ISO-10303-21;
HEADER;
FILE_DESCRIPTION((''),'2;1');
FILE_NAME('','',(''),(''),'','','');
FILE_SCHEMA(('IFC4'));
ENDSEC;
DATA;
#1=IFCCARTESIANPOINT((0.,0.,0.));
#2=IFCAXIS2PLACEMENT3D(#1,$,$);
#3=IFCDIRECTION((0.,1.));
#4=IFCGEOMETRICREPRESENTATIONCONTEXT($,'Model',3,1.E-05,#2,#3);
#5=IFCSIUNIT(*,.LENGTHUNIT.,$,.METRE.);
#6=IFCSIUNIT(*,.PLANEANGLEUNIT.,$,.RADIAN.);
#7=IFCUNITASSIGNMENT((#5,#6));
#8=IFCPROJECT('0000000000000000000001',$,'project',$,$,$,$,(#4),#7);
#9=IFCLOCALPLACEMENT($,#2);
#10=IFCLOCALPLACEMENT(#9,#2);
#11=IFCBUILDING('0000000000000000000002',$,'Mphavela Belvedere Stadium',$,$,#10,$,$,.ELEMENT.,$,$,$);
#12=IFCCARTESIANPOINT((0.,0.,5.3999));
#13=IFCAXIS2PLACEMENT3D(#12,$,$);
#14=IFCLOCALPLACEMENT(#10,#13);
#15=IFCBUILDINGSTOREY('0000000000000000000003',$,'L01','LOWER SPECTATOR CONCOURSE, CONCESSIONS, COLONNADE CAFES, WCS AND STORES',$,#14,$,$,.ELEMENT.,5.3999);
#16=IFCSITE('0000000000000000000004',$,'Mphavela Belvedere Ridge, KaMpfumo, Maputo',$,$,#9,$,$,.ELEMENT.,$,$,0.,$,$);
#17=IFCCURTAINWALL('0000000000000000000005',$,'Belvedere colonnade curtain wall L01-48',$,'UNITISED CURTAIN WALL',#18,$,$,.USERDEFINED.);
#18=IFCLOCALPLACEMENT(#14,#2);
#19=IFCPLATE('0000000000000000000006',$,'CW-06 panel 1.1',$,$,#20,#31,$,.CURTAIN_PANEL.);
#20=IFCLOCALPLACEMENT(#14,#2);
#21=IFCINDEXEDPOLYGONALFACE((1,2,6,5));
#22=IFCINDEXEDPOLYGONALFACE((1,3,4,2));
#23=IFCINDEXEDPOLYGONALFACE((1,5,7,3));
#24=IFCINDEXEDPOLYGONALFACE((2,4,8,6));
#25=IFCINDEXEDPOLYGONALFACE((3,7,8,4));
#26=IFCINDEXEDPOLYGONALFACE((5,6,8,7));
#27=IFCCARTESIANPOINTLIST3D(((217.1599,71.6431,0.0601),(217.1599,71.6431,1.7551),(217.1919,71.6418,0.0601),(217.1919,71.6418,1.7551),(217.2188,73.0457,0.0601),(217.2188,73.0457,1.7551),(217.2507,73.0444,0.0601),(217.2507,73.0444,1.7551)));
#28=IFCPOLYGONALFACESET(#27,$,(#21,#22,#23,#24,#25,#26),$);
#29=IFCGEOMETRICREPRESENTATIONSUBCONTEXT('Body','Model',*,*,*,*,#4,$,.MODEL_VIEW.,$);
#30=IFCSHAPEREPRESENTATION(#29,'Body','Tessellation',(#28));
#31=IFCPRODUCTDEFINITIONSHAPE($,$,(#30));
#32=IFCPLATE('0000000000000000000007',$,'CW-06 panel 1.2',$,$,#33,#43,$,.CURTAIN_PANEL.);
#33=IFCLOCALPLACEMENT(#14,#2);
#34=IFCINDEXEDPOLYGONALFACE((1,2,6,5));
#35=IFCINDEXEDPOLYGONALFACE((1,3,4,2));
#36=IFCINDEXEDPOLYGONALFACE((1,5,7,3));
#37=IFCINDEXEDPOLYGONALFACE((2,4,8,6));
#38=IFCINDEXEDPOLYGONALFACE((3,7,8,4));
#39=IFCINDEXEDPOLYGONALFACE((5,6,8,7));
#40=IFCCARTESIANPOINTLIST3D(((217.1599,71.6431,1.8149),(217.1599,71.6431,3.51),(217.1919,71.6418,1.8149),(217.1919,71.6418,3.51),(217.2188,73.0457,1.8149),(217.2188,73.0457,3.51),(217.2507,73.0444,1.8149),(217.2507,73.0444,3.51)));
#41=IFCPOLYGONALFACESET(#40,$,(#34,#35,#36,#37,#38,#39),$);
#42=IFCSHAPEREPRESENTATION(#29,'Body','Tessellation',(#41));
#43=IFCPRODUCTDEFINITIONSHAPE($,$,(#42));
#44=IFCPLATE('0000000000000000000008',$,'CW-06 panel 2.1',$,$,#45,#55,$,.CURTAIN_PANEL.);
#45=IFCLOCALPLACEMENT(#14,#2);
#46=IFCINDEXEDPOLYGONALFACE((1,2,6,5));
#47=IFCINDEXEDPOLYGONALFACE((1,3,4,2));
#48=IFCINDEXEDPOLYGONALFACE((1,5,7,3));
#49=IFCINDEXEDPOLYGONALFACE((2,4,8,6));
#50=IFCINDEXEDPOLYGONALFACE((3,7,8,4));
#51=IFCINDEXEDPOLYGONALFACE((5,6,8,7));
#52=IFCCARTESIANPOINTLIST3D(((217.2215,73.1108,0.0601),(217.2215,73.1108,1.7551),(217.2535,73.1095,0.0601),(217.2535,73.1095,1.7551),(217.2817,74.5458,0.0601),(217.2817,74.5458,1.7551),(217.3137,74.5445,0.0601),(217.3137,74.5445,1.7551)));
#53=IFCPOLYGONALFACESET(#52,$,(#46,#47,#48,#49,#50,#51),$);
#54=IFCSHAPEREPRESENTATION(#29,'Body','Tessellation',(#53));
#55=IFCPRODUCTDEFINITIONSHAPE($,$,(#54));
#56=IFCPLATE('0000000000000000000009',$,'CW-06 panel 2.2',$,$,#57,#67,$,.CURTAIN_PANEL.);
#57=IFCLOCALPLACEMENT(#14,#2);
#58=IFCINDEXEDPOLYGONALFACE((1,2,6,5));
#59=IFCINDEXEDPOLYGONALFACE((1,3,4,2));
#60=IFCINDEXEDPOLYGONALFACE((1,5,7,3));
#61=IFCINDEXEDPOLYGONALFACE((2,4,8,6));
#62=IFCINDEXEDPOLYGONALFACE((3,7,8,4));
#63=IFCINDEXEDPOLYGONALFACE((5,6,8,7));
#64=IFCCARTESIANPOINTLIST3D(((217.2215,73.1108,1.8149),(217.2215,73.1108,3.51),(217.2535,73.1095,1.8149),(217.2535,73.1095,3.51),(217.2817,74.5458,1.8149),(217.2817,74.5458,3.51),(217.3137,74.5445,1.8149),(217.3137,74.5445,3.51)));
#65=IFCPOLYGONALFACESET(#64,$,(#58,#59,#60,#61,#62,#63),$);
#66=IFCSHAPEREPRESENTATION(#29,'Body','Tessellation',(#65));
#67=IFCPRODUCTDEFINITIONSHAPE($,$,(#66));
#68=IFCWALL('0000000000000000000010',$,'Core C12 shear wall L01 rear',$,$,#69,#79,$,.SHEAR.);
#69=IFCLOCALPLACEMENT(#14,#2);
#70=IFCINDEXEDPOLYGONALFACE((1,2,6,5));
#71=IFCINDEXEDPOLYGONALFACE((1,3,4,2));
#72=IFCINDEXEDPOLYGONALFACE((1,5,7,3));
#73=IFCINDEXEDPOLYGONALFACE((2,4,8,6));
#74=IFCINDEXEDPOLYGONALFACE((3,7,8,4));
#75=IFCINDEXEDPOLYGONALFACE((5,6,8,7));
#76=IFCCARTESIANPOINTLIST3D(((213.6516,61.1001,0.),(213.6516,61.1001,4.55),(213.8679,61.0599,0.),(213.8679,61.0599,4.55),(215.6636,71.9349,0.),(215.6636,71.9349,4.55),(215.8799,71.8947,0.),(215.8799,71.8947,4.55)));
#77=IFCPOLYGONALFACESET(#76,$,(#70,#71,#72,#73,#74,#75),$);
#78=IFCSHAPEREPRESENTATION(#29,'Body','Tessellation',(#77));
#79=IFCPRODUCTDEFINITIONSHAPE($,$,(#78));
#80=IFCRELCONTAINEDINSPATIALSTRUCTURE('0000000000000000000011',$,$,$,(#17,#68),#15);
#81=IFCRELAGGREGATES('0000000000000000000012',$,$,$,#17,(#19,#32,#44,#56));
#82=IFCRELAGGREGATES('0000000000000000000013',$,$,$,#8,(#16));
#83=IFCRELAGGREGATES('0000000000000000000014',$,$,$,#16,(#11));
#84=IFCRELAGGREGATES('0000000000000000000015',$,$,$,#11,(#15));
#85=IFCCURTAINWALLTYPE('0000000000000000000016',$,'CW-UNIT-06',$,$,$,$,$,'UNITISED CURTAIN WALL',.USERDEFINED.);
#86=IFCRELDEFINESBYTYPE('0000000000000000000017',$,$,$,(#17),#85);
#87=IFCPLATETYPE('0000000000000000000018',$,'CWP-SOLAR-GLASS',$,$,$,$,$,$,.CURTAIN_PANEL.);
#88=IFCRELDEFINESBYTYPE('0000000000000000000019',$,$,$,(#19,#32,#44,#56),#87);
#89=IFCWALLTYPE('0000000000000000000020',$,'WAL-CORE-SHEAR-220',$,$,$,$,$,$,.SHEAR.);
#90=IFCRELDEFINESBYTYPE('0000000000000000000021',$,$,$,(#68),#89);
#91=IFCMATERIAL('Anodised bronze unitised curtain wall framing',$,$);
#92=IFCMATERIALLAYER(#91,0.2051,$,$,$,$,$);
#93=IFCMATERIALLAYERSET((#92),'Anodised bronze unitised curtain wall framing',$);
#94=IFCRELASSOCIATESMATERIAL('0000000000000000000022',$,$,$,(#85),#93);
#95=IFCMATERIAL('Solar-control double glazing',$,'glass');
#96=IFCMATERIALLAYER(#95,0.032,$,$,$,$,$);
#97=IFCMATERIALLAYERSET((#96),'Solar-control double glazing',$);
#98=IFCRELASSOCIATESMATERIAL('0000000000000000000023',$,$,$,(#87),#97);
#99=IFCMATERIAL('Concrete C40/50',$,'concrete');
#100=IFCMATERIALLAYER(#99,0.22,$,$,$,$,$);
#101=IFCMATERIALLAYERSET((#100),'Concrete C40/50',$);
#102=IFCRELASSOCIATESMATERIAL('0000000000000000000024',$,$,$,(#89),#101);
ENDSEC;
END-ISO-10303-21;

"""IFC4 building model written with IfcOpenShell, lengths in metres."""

from ifc_helpers import new_model, si_unit, direction, frame, frame_2d, origin, origin_2d, place, context, subcontext, project, spatial, rectangle, extrude, material, layer, layer_set, type_object, element, aggregate, save


model = new_model("IFC4")

# Units and contexts
model_context = context("Model", 3, precision=1e-05, world=origin(), true_north=direction((0.0, 1.0)))
body_context = subcontext(model_context, "Body", "Model", "MODEL_VIEW")
ifc_project = project(units=[si_unit("LENGTHUNIT", "METRE"), si_unit("PLANEANGLEUNIT", "RADIAN")], contexts=[model_context])

# Site, building, storey
site_placement = place(None, origin())
site = spatial("IfcSite", under=ifc_project, at=site_placement, Name="Mphavela Belvedere Ridge, KaMpfumo, Maputo", CompositionType="ELEMENT", RefElevation=0.0)
building_placement = place(site_placement, origin())
building = spatial("IfcBuilding", under=site, at=building_placement, Name="Mphavela Belvedere Stadium", CompositionType="ELEMENT")
storey_placement = place(building_placement, frame((0.0, 0.0, 5.3999)))
storey = spatial("IfcBuildingStorey", under=building, at=storey_placement, Name="L01", Description="LOWER SPECTATOR CONCOURSE, CONCESSIONS, COLONNADE CAFES, WCS AND STORES", CompositionType="ELEMENT", Elevation=5.3999)

# Curtain wall
ifc_material_1 = material(Name="Anodised bronze unitised curtain wall framing")
ifc_layer_1 = layer(ifc_material_1, 0.2051)
ifc_layer_set_1 = layer_set([ifc_layer_1], Name="Anodised bronze unitised curtain wall framing")
curtain_wall_type_1 = type_object("IfcCurtainWallType", Name="CW-UNIT-06", ElementType="UNITISED CURTAIN WALL", PredefinedType="USERDEFINED", material=ifc_layer_set_1)
curtain_wall_1_placement = place(storey_placement, origin())
curtain_wall_1 = element("IfcCurtainWall", 1, at=curtain_wall_1_placement, inside=storey, type_object=curtain_wall_type_1, Name="Belvedere colonnade curtain wall L01-48", ObjectType="UNITISED CURTAIN WALL", PredefinedType="USERDEFINED")

# Plates
ifc_material_2 = material(Name="Solar-control double glazing", Category="glass")
ifc_layer_2 = layer(ifc_material_2, 0.032)
ifc_layer_set_2 = layer_set([ifc_layer_2], Name="Solar-control double glazing")
plate_type = type_object("IfcPlateType", Name="CWP-SOLAR-GLASS", PredefinedType="CURTAIN_PANEL", material=ifc_layer_set_2)
plate_1_placement = place(storey_placement, frame((217.2053, 72.3438, 0.0601), z_axis=(0.0, 0.0, 1.0), x_axis=(0.04191, 0.999121, 0.0)))
plate_1 = element("IfcPlate", 2, at=plate_1_placement, type_object=plate_type, Name="CW-06 panel 1.1", PredefinedType="CURTAIN_PANEL", context=body_context, shape_type="SweptSolid", body=[
    extrude(rectangle(XDim=1.4038, YDim=0.032, at=origin_2d()), origin(), (0.0, 0.0, 1.0), 1.6951),
])
plate_2_placement = place(storey_placement, frame((217.2053, 72.3438, 1.8149), z_axis=(0.0, 0.0, 1.0), x_axis=(0.04191, 0.999121, 0.0)))
plate_2 = element("IfcPlate", 3, at=plate_2_placement, type_object=plate_type, Name="CW-06 panel 1.2", PredefinedType="CURTAIN_PANEL", context=body_context, shape_type="SweptSolid", body=[
    extrude(rectangle(XDim=1.4038, YDim=0.032, at=origin_2d()), origin(), (0.0, 0.0, 1.0), 1.6951),
])
plate_3_placement = place(storey_placement, frame((217.2676, 73.8276, 0.0601), z_axis=(0.0, 0.0, 1.0), x_axis=(0.04191, 0.999121, 0.0)))
plate_3 = element("IfcPlate", 4, at=plate_3_placement, type_object=plate_type, Name="CW-06 panel 2.1", PredefinedType="CURTAIN_PANEL", context=body_context, shape_type="SweptSolid", body=[
    extrude(rectangle(XDim=1.4363, YDim=0.032, at=origin_2d()), origin(), (0.0, 0.0, 1.0), 1.6951),
])
plate_4_placement = place(storey_placement, frame((217.2676, 73.8276, 1.8149), z_axis=(0.0, 0.0, 1.0), x_axis=(0.04191, 0.999121, 0.0)))
plate_4 = element("IfcPlate", 5, at=plate_4_placement, type_object=plate_type, Name="CW-06 panel 2.2", PredefinedType="CURTAIN_PANEL", context=body_context, shape_type="SweptSolid", body=[
    extrude(rectangle(XDim=1.4363, YDim=0.032, at=origin_2d()), origin(), (0.0, 0.0, 1.0), 1.6951),
])
aggregate(curtain_wall_1, [plate_1, plate_2, plate_3, plate_4])

# Wall
ifc_material_3 = material(Name="Concrete C40/50", Category="concrete")
ifc_layer_3 = layer(ifc_material_3, 0.22)
ifc_layer_set_3 = layer_set([ifc_layer_3], Name="Concrete C40/50")
wall_type = type_object("IfcWallType", Name="WAL-CORE-SHEAR-220", PredefinedType="SHEAR", material=ifc_layer_set_3)
wall_placement = place(storey_placement, frame((215.7717, 71.9148, 0.0), z_axis=(0.0, 0.0, 1.0), x_axis=(-0.182575, -0.983192, 0.0)))
element("IfcWall", 6, at=wall_placement, inside=storey, type_object=wall_type, Name="Core C12 shear wall L01 rear", PredefinedType="SHEAR", context=body_context, shape_type="SweptSolid", body=[
    extrude(rectangle(XDim=11.02, YDim=0.22, at=frame_2d((5.51, 0.0))), origin(), (0.0, 0.0, 1.0), 4.55),
])

save(model, "model.ifc")
